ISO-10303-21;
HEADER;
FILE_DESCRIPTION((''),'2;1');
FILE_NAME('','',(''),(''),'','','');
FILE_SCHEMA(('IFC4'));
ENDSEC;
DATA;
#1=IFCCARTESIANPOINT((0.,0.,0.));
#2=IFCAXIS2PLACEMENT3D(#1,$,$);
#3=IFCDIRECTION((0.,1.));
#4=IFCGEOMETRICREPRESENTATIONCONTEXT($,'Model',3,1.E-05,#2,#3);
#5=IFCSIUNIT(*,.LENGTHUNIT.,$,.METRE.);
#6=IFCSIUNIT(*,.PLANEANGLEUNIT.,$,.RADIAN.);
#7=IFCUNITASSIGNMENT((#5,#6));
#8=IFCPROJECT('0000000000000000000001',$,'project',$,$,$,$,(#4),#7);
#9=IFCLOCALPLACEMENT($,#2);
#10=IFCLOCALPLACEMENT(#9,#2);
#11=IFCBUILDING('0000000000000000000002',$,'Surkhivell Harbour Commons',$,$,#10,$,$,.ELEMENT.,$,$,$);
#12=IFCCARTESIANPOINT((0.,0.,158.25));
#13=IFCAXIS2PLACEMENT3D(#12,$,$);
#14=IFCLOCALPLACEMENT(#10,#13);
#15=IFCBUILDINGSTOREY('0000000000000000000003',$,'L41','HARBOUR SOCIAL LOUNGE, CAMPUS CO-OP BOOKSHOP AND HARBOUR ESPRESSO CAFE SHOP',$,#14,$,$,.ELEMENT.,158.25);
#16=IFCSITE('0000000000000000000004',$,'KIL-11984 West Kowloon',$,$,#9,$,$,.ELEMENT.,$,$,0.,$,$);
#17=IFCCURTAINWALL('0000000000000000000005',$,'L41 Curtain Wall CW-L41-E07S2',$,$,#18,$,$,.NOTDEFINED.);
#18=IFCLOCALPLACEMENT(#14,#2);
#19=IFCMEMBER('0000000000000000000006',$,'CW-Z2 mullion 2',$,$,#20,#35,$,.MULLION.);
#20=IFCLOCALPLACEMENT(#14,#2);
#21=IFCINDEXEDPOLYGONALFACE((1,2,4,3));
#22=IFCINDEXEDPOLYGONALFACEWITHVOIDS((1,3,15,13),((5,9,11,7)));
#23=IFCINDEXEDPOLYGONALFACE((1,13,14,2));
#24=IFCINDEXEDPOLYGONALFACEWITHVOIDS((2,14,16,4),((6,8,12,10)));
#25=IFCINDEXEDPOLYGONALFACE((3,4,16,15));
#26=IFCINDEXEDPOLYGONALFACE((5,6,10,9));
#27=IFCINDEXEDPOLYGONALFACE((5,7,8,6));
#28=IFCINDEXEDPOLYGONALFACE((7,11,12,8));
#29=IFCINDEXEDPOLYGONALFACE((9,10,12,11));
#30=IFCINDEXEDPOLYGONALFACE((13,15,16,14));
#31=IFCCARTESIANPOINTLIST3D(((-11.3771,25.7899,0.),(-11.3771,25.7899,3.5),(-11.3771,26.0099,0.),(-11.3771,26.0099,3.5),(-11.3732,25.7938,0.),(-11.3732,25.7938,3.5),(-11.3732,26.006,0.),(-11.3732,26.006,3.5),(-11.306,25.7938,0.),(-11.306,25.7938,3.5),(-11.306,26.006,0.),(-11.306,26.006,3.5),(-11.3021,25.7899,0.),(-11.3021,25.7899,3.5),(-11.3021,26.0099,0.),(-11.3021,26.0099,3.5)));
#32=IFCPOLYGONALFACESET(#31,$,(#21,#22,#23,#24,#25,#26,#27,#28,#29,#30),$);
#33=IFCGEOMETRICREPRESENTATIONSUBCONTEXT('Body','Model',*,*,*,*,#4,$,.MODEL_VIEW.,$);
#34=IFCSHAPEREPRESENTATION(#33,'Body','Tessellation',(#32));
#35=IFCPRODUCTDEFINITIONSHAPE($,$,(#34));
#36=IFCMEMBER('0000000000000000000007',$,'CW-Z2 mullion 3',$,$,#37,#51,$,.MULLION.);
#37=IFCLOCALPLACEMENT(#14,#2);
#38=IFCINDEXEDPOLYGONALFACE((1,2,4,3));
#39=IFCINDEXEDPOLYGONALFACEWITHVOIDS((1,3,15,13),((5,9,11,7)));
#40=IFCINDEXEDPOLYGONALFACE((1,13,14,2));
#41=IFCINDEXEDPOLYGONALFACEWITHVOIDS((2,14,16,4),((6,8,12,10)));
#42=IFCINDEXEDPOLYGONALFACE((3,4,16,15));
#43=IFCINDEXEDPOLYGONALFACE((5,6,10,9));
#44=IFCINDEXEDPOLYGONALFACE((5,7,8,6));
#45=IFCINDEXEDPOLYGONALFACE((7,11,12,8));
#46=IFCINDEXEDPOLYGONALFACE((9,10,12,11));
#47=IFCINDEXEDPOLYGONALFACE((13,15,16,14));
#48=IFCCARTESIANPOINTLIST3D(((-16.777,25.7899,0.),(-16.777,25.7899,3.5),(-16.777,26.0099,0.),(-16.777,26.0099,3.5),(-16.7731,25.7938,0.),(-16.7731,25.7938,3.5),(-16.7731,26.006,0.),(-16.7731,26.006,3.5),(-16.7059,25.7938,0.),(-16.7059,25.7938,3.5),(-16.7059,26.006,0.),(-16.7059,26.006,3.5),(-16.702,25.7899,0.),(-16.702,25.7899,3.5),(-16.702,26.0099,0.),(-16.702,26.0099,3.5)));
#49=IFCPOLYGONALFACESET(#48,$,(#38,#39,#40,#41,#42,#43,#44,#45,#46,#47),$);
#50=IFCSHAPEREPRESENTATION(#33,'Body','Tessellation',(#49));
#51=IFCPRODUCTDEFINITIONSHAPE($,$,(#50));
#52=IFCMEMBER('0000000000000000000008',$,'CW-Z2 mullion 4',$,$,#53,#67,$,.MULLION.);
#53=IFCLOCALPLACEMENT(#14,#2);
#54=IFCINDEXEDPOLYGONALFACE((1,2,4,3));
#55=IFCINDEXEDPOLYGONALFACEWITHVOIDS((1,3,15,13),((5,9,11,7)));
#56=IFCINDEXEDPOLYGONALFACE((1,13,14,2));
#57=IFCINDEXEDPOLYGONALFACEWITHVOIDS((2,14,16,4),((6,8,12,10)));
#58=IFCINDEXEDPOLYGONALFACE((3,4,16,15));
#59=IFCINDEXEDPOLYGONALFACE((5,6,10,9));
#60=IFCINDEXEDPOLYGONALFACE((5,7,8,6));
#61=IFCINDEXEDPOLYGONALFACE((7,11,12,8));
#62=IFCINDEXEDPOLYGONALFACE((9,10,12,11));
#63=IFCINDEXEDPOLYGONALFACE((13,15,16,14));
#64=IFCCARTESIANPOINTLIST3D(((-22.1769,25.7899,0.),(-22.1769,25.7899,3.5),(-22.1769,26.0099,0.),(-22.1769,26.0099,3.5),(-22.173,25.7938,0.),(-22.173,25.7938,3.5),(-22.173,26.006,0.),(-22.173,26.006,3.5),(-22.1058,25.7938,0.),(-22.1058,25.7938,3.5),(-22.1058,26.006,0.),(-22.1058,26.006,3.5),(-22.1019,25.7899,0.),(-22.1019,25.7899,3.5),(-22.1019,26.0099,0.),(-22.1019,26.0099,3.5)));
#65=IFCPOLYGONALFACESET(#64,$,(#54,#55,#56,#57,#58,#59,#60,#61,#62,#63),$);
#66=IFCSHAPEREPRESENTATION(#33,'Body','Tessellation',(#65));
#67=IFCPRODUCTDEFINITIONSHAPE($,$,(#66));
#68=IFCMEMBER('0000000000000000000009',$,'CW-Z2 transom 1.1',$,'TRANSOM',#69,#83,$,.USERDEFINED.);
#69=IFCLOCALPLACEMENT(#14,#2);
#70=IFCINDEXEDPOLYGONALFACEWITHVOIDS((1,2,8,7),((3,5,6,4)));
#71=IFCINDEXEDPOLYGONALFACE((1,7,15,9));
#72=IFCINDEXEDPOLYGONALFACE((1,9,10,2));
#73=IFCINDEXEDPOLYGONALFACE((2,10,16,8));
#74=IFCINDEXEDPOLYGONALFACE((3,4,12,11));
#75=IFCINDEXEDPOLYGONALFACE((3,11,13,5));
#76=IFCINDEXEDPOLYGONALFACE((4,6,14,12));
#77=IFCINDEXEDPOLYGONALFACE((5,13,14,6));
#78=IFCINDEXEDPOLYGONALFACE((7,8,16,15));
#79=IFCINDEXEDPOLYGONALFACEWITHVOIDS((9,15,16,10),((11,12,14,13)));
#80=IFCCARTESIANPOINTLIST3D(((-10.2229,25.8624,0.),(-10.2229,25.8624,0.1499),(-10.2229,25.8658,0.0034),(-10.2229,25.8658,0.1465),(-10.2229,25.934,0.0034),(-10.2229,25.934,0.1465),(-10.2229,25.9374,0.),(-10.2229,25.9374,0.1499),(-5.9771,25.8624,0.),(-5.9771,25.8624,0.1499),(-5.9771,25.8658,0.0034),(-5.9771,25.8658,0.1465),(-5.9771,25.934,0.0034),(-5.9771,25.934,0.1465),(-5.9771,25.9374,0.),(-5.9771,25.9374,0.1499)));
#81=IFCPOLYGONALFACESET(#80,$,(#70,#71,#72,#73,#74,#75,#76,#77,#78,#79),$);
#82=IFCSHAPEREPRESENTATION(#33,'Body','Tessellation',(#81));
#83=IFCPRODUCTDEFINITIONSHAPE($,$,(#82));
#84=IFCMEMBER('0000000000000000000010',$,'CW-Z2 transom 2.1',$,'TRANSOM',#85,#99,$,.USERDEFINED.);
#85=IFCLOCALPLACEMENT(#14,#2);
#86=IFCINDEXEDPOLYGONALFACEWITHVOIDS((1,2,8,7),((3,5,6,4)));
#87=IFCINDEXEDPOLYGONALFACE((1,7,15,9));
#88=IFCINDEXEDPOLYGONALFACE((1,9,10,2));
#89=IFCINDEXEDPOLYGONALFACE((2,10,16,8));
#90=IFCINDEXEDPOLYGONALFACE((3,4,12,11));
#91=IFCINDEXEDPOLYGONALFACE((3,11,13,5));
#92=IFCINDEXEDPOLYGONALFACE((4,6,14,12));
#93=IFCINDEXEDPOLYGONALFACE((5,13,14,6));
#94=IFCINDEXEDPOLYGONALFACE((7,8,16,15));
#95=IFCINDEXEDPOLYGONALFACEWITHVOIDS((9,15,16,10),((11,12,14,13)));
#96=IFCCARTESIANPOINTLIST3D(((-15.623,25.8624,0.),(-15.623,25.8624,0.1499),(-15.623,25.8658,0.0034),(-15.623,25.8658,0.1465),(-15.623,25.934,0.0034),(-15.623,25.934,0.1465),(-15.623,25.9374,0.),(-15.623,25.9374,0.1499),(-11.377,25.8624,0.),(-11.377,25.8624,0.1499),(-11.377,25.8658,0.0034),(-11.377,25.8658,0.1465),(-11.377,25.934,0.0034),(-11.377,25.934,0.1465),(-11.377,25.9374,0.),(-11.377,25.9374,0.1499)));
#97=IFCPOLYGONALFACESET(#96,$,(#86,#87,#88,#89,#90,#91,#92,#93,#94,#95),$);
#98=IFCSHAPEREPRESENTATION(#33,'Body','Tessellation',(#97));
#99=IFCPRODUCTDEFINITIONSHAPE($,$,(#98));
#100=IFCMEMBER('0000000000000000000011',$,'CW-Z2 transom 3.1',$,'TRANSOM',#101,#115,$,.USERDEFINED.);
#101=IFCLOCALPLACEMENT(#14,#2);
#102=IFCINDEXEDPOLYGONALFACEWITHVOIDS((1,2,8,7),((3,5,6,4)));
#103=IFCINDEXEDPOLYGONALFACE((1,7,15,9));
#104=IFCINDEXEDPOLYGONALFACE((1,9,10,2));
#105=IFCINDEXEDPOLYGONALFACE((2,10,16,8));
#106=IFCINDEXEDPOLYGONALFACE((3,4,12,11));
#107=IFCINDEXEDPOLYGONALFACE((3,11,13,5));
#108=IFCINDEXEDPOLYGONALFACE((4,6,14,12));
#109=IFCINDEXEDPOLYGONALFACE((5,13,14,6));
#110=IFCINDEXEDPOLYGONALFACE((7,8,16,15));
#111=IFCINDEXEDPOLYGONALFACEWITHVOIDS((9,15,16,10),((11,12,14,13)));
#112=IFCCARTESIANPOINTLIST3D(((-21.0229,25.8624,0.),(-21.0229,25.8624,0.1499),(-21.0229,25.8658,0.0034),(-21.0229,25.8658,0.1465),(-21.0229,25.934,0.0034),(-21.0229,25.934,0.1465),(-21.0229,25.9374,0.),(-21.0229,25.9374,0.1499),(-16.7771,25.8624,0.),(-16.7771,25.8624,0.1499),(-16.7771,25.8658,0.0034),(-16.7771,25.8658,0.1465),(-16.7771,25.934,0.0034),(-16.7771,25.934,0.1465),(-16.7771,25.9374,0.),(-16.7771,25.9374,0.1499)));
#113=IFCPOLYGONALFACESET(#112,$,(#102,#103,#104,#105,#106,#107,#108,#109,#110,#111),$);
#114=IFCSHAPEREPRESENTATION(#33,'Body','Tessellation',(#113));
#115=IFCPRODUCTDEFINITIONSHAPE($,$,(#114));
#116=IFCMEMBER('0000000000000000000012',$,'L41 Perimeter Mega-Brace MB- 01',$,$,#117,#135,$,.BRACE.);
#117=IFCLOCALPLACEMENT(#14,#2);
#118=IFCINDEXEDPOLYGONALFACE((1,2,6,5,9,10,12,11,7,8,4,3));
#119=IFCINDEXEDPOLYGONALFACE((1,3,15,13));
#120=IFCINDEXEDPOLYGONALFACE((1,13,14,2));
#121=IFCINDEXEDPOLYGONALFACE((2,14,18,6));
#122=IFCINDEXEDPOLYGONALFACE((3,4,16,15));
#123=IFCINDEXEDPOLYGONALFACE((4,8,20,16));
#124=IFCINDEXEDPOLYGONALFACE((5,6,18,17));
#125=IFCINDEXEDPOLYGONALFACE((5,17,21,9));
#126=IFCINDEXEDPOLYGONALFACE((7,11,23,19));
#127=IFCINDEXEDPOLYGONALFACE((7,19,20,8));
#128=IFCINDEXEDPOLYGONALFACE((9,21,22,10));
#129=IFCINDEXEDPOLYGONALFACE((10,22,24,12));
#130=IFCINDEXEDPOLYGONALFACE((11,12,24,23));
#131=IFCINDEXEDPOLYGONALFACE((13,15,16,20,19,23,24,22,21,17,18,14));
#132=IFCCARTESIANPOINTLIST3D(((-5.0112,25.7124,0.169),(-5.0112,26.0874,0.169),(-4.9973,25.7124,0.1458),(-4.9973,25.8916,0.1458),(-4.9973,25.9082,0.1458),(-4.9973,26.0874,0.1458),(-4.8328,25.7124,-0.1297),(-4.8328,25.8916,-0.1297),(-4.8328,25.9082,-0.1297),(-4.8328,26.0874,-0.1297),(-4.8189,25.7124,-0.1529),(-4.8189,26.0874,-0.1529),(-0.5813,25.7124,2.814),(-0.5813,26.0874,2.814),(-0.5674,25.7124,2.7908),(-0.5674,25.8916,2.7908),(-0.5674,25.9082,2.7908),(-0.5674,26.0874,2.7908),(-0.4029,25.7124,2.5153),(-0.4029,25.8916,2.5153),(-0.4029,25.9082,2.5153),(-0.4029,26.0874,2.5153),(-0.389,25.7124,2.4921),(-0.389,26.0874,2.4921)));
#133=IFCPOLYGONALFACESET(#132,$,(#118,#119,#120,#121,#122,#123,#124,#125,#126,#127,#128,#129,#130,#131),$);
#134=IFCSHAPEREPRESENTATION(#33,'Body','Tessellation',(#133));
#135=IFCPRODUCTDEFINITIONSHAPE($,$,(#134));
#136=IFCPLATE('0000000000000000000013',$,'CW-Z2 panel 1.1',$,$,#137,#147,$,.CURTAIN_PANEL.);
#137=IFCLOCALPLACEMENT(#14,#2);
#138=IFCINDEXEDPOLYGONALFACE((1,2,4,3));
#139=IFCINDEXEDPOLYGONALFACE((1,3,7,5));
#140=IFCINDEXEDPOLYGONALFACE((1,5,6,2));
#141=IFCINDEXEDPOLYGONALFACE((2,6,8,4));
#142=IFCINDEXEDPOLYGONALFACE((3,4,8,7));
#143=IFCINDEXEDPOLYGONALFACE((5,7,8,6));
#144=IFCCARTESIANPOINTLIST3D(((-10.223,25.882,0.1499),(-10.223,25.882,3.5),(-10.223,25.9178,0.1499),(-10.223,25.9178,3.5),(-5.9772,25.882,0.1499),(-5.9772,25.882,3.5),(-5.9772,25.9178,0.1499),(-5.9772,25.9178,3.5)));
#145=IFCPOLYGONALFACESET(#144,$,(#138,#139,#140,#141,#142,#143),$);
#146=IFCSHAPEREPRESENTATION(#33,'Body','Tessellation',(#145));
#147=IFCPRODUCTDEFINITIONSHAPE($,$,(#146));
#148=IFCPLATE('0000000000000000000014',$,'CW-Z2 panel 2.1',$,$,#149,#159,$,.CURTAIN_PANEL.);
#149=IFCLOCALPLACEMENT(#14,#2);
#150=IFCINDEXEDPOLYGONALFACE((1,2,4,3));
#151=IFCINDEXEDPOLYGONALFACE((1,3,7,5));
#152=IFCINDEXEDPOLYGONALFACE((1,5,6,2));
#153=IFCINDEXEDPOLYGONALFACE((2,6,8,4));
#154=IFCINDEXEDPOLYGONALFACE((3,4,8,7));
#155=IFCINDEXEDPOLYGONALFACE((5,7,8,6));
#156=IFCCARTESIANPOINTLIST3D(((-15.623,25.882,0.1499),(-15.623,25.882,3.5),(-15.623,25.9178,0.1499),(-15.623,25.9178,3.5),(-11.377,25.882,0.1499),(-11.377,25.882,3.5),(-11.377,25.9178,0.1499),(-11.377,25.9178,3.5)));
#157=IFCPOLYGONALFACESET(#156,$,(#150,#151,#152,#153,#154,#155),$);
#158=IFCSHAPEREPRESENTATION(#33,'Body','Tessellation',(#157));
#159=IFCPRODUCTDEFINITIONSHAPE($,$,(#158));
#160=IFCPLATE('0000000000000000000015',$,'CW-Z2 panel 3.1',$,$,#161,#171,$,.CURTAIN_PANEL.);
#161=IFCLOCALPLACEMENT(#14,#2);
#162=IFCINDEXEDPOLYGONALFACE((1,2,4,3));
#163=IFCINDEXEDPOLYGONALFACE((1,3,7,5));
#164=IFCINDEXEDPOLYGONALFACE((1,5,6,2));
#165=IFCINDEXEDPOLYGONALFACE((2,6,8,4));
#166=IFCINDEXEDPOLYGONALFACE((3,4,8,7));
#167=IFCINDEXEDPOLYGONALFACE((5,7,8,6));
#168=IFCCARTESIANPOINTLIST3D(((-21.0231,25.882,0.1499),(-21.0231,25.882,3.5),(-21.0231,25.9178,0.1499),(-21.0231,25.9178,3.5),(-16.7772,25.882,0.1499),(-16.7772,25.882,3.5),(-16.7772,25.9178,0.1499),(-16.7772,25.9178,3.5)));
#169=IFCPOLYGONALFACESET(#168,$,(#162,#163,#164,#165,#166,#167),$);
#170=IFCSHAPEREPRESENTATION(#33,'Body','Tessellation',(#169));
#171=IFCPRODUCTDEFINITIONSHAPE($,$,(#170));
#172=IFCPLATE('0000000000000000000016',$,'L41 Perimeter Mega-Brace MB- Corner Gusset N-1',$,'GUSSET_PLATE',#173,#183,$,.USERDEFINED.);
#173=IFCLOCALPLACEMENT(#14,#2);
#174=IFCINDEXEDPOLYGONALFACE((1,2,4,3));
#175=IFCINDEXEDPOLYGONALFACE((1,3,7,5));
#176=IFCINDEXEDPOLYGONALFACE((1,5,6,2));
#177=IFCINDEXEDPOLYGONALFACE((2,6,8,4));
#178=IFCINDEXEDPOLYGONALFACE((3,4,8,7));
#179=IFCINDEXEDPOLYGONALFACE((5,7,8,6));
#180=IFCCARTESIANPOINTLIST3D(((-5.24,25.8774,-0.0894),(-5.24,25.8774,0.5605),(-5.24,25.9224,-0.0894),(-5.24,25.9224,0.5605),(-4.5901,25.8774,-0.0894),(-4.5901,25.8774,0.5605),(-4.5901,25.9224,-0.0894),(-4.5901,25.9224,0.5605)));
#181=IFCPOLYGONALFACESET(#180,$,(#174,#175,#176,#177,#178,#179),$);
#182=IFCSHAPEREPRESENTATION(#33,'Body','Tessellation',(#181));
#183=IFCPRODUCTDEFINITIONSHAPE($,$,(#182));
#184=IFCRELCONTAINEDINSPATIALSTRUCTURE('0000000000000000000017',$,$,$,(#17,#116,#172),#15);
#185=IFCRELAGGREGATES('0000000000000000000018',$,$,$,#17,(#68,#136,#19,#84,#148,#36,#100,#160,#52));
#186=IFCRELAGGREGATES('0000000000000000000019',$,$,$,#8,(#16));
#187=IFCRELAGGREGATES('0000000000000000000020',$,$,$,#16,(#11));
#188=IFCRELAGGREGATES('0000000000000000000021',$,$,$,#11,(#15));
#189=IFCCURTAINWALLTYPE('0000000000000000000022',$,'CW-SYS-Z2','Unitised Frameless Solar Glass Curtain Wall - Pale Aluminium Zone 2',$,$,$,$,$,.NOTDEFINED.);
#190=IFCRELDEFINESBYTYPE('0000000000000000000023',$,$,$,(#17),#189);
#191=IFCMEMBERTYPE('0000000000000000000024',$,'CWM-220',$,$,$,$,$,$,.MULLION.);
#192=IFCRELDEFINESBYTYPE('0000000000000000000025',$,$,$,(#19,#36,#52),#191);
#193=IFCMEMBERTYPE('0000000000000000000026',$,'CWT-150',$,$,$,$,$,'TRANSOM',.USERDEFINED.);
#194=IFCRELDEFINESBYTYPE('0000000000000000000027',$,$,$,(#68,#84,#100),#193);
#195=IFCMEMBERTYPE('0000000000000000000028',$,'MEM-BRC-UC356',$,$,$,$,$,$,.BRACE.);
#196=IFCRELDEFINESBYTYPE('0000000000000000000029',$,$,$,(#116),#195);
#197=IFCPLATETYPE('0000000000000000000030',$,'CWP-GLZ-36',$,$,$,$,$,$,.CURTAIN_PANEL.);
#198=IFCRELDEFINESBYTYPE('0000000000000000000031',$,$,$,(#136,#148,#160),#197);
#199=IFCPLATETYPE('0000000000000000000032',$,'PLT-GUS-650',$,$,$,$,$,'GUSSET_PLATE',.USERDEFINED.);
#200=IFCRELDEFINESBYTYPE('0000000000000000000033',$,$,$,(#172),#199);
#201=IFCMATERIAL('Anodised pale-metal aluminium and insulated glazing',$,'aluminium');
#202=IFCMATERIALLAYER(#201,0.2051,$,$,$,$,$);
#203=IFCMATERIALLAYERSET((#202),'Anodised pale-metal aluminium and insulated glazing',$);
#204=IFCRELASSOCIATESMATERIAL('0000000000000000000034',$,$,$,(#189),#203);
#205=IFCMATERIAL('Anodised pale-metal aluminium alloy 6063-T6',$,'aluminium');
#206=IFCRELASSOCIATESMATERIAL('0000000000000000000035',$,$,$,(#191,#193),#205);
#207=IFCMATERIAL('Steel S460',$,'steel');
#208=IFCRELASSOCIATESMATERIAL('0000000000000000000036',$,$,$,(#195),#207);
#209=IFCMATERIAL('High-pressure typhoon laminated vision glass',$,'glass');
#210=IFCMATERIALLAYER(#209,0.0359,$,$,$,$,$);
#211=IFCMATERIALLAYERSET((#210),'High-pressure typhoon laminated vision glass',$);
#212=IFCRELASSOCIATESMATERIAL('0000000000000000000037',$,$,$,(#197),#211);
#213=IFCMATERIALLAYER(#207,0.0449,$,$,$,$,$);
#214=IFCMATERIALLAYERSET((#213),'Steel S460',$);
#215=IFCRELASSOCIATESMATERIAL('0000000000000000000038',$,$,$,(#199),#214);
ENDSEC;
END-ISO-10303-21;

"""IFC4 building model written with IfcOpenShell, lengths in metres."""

from ifc_helpers import new_model, si_unit, direction, frame, frame_2d, origin, origin_2d, place, context, subcontext, project, spatial, rectangle, hollow_rectangle, i_section, extrude, material, layer, layer_set, material_profile, profile_set, type_object, element, aggregate, save


model = new_model("IFC4")

# Units and contexts
model_context = context("Model", 3, precision=1e-05, world=origin(), true_north=direction((0.0, 1.0)))
body_context = subcontext(model_context, "Body", "Model", "MODEL_VIEW")
ifc_project = project(units=[si_unit("LENGTHUNIT", "METRE"), si_unit("PLANEANGLEUNIT", "RADIAN")], contexts=[model_context])

# Site, building, storey
site_placement = place(None, origin())
site = spatial("IfcSite", under=ifc_project, at=site_placement, Name="KIL-11984 West Kowloon", CompositionType="ELEMENT", RefElevation=0.0)
building_placement = place(site_placement, origin())
building = spatial("IfcBuilding", under=site, at=building_placement, Name="Surkhivell Harbour Commons", CompositionType="ELEMENT")
storey_placement = place(building_placement, frame((0.0, 0.0, 158.25)))
storey = spatial("IfcBuildingStorey", under=building, at=storey_placement, Name="L41", Description="HARBOUR SOCIAL LOUNGE, CAMPUS CO-OP BOOKSHOP AND HARBOUR ESPRESSO CAFE SHOP", CompositionType="ELEMENT", Elevation=158.25)

# Shared definitions
ifc_material_1 = material(Name="Steel S460", Category="steel")

# Curtain wall, members
ifc_material_2 = material(Name="Anodised pale-metal aluminium and insulated glazing", Category="aluminium")
ifc_layer_1 = layer(ifc_material_2, 0.2051)
ifc_layer_set_1 = layer_set([ifc_layer_1], Name="Anodised pale-metal aluminium and insulated glazing")
curtain_wall_type = type_object("IfcCurtainWallType", Name="CW-SYS-Z2", Description="Unitised Frameless Solar Glass Curtain Wall - Pale Aluminium Zone 2", PredefinedType="NOTDEFINED", material=ifc_layer_set_1)
curtain_wall_placement = place(storey_placement, origin())
curtain_wall = element("IfcCurtainWall", 1, at=curtain_wall_placement, inside=storey, type_object=curtain_wall_type, Name="L41 Curtain Wall CW-L41-E07S2", PredefinedType="NOTDEFINED")
ifc_material_3 = material(Name="Anodised pale-metal aluminium alloy 6063-T6", Category="aluminium")
ifc_material_profile_1 = material_profile(ifc_material_3, hollow_rectangle(XDim=0.075, YDim=0.22, WallThickness=0.0039, at=origin_2d()), Name="ALU-MULL-75x220")
ifc_profile_set_1 = profile_set([ifc_material_profile_1], Name="Anodised pale-metal aluminium alloy 6063-T6")
member_type_1 = type_object("IfcMemberType", Name="CWM-220", PredefinedType="MULLION", material=ifc_profile_set_1)
member_1_placement = place(storey_placement, frame((-11.3396, 25.8999, 0.0), z_axis=(0.0, 0.0, 1.0), x_axis=(-1.0, 0.0, 0.0)))
member_1 = element("IfcMember", 2, at=member_1_placement, type_object=member_type_1, Name="CW-Z2 mullion 2", PredefinedType="MULLION", context=body_context, shape_type="SweptSolid", body=[
    extrude(hollow_rectangle(XDim=0.075, YDim=0.22, WallThickness=0.0039, at=origin_2d()), origin(), (0.0, 0.0, 1.0), 3.5),
])
member_2_placement = place(storey_placement, frame((-16.7395, 25.8999, 0.0), z_axis=(0.0, 0.0, 1.0), x_axis=(-1.0, 0.0, 0.0)))
member_2 = element("IfcMember", 3, at=member_2_placement, type_object=member_type_1, Name="CW-Z2 mullion 3", PredefinedType="MULLION", context=body_context, shape_type="SweptSolid", body=[
    extrude(hollow_rectangle(XDim=0.075, YDim=0.22, WallThickness=0.0039, at=origin_2d()), origin(), (0.0, 0.0, 1.0), 3.5),
])
member_3_placement = place(storey_placement, frame((-22.1394, 25.8999, 0.0), z_axis=(0.0, 0.0, 1.0), x_axis=(-1.0, 0.0, 0.0)))
member_3 = element("IfcMember", 4, at=member_3_placement, type_object=member_type_1, Name="CW-Z2 mullion 4", PredefinedType="MULLION", context=body_context, shape_type="SweptSolid", body=[
    extrude(hollow_rectangle(XDim=0.075, YDim=0.22, WallThickness=0.0039, at=origin_2d()), origin(), (0.0, 0.0, 1.0), 3.5),
])
ifc_material_profile_2 = material_profile(ifc_material_3, hollow_rectangle(XDim=0.075, YDim=0.1499, WallThickness=0.0034, at=origin_2d()), Name="ALU-TRAN-75x150")
ifc_profile_set_2 = profile_set([ifc_material_profile_2], Name="Anodised pale-metal aluminium alloy 6063-T6")
member_type_2 = type_object("IfcMemberType", Name="CWT-150", ElementType="TRANSOM", PredefinedType="USERDEFINED", material=ifc_profile_set_2)
member_4_placement = place(storey_placement, frame((-5.9771, 25.8999, 0.075), z_axis=(-1.0, 0.0, 0.0), x_axis=(0.0, -1.0, 0.0)))
member_4 = element("IfcMember", 5, at=member_4_placement, type_object=member_type_2, Name="CW-Z2 transom 1.1", ObjectType="TRANSOM", PredefinedType="USERDEFINED", context=body_context, shape_type="SweptSolid", body=[
    extrude(hollow_rectangle(XDim=0.075, YDim=0.1499, WallThickness=0.0034, at=origin_2d()), origin(), (0.0, 0.0, 1.0), 4.2458),
])
member_5_placement = place(storey_placement, frame((-11.377, 25.8999, 0.075), z_axis=(-1.0, 0.0, 0.0), x_axis=(0.0, -1.0, 0.0)))
member_5 = element("IfcMember", 6, at=member_5_placement, type_object=member_type_2, Name="CW-Z2 transom 2.1", ObjectType="TRANSOM", PredefinedType="USERDEFINED", context=body_context, shape_type="SweptSolid", body=[
    extrude(hollow_rectangle(XDim=0.075, YDim=0.1499, WallThickness=0.0034, at=origin_2d()), origin(), (0.0, 0.0, 1.0), 4.2461),
])
member_6_placement = place(storey_placement, frame((-16.7771, 25.8999, 0.075), z_axis=(-1.0, 0.0, 0.0), x_axis=(0.0, -1.0, 0.0)))
member_6 = element("IfcMember", 7, at=member_6_placement, type_object=member_type_2, Name="CW-Z2 transom 3.1", ObjectType="TRANSOM", PredefinedType="USERDEFINED", context=body_context, shape_type="SweptSolid", body=[
    extrude(hollow_rectangle(XDim=0.075, YDim=0.1499, WallThickness=0.0034, at=origin_2d()), origin(), (0.0, 0.0, 1.0), 4.2458),
])

# Member
ifc_material_profile_3 = material_profile(ifc_material_1, i_section(OverallWidth=0.375, OverallDepth=0.375, WebThickness=0.0166, FlangeThickness=0.0271, at=origin_2d()), Name="UC356x368x202")
ifc_profile_set_3 = profile_set([ifc_material_profile_3], Name="Steel S460")
member_type_3 = type_object("IfcMemberType", Name="MEM-BRC-UC356", PredefinedType="BRACE", material=ifc_profile_set_3)
member_7_placement = place(storey_placement, frame((-4.915, 25.8999, 0.0081), z_axis=(0.858597, 0.0, 0.512651), x_axis=(0.0, 1.0, 0.0)))
element("IfcMember", 8, at=member_7_placement, inside=storey, type_object=member_type_3, Name="L41 Perimeter Mega-Brace MB- 01", PredefinedType="BRACE", context=body_context, shape_type="SweptSolid", body=[
    extrude(i_section(OverallWidth=0.375, OverallDepth=0.375, WebThickness=0.0166, FlangeThickness=0.0271, at=origin_2d()), origin(), (0.0, 0.0, 1.0), 5.1594),
])

# Plates
ifc_material_4 = material(Name="High-pressure typhoon laminated vision glass", Category="glass")
ifc_layer_2 = layer(ifc_material_4, 0.0359)
ifc_layer_set_2 = layer_set([ifc_layer_2], Name="High-pressure typhoon laminated vision glass")
plate_type_1 = type_object("IfcPlateType", Name="CWP-GLZ-36", PredefinedType="CURTAIN_PANEL", material=ifc_layer_set_2)
plate_1_placement = place(storey_placement, frame((-5.9771, 25.8999, 0.1499), z_axis=(0.0, 0.0, 1.0), x_axis=(-1.0, 0.0, 0.0)))
plate_1 = element("IfcPlate", 9, at=plate_1_placement, type_object=plate_type_1, Name="CW-Z2 panel 1.1", PredefinedType="CURTAIN_PANEL", context=body_context, shape_type="SweptSolid", body=[
    extrude(rectangle(XDim=4.2458, YDim=0.0359, at=frame_2d((2.123, 0.0))), origin(), (0.0, 0.0, 1.0), 3.3501),
])
plate_2_placement = place(storey_placement, frame((-11.377, 25.8999, 0.1499), z_axis=(0.0, 0.0, 1.0), x_axis=(-1.0, 0.0, 0.0)))
plate_2 = element("IfcPlate", 10, at=plate_2_placement, type_object=plate_type_1, Name="CW-Z2 panel 2.1", PredefinedType="CURTAIN_PANEL", context=body_context, shape_type="SweptSolid", body=[
    extrude(rectangle(XDim=4.2461, YDim=0.0359, at=frame_2d((2.123, 0.0))), origin(), (0.0, 0.0, 1.0), 3.3501),
])
plate_3_placement = place(storey_placement, frame((-16.7771, 25.8999, 0.1499), z_axis=(0.0, 0.0, 1.0), x_axis=(-1.0, 0.0, 0.0)))
plate_3 = element("IfcPlate", 11, at=plate_3_placement, type_object=plate_type_1, Name="CW-Z2 panel 3.1", PredefinedType="CURTAIN_PANEL", context=body_context, shape_type="SweptSolid", body=[
    extrude(rectangle(XDim=4.2458, YDim=0.0359, at=frame_2d((2.123, 0.0))), origin(), (0.0, 0.0, 1.0), 3.3501),
])
aggregate(curtain_wall, [member_4, plate_1, member_1, member_5, plate_2, member_2, member_6, plate_3, member_3])

# Plate
ifc_layer_3 = layer(ifc_material_1, 0.0449)
ifc_layer_set_3 = layer_set([ifc_layer_3], Name="Steel S460")
plate_type_2 = type_object("IfcPlateType", Name="PLT-GUS-650", ElementType="GUSSET_PLATE", PredefinedType="USERDEFINED", material=ifc_layer_set_3)
for number, where, z_axis, x_axis, name in (
    (12, (-4.915, 25.8999, -0.0894), (0.0, 0.0, 1.0), (1.0, 0.0, 0.0), "L41 Perimeter Mega-Brace MB- Corner Gusset N-1"),
):
    element("IfcPlate", number, at=place(storey_placement, frame(where, z_axis=z_axis, x_axis=x_axis)), inside=storey, type_object=plate_type_2, Name=name, ObjectType="GUSSET_PLATE", PredefinedType="USERDEFINED", context=body_context, shape_type="SweptSolid", body=[
        extrude(rectangle(XDim=0.6499, YDim=0.0449, at=origin_2d()), origin(), (0.0, 0.0, 1.0), 0.6499),
    ])

save(model, "model.ifc")
